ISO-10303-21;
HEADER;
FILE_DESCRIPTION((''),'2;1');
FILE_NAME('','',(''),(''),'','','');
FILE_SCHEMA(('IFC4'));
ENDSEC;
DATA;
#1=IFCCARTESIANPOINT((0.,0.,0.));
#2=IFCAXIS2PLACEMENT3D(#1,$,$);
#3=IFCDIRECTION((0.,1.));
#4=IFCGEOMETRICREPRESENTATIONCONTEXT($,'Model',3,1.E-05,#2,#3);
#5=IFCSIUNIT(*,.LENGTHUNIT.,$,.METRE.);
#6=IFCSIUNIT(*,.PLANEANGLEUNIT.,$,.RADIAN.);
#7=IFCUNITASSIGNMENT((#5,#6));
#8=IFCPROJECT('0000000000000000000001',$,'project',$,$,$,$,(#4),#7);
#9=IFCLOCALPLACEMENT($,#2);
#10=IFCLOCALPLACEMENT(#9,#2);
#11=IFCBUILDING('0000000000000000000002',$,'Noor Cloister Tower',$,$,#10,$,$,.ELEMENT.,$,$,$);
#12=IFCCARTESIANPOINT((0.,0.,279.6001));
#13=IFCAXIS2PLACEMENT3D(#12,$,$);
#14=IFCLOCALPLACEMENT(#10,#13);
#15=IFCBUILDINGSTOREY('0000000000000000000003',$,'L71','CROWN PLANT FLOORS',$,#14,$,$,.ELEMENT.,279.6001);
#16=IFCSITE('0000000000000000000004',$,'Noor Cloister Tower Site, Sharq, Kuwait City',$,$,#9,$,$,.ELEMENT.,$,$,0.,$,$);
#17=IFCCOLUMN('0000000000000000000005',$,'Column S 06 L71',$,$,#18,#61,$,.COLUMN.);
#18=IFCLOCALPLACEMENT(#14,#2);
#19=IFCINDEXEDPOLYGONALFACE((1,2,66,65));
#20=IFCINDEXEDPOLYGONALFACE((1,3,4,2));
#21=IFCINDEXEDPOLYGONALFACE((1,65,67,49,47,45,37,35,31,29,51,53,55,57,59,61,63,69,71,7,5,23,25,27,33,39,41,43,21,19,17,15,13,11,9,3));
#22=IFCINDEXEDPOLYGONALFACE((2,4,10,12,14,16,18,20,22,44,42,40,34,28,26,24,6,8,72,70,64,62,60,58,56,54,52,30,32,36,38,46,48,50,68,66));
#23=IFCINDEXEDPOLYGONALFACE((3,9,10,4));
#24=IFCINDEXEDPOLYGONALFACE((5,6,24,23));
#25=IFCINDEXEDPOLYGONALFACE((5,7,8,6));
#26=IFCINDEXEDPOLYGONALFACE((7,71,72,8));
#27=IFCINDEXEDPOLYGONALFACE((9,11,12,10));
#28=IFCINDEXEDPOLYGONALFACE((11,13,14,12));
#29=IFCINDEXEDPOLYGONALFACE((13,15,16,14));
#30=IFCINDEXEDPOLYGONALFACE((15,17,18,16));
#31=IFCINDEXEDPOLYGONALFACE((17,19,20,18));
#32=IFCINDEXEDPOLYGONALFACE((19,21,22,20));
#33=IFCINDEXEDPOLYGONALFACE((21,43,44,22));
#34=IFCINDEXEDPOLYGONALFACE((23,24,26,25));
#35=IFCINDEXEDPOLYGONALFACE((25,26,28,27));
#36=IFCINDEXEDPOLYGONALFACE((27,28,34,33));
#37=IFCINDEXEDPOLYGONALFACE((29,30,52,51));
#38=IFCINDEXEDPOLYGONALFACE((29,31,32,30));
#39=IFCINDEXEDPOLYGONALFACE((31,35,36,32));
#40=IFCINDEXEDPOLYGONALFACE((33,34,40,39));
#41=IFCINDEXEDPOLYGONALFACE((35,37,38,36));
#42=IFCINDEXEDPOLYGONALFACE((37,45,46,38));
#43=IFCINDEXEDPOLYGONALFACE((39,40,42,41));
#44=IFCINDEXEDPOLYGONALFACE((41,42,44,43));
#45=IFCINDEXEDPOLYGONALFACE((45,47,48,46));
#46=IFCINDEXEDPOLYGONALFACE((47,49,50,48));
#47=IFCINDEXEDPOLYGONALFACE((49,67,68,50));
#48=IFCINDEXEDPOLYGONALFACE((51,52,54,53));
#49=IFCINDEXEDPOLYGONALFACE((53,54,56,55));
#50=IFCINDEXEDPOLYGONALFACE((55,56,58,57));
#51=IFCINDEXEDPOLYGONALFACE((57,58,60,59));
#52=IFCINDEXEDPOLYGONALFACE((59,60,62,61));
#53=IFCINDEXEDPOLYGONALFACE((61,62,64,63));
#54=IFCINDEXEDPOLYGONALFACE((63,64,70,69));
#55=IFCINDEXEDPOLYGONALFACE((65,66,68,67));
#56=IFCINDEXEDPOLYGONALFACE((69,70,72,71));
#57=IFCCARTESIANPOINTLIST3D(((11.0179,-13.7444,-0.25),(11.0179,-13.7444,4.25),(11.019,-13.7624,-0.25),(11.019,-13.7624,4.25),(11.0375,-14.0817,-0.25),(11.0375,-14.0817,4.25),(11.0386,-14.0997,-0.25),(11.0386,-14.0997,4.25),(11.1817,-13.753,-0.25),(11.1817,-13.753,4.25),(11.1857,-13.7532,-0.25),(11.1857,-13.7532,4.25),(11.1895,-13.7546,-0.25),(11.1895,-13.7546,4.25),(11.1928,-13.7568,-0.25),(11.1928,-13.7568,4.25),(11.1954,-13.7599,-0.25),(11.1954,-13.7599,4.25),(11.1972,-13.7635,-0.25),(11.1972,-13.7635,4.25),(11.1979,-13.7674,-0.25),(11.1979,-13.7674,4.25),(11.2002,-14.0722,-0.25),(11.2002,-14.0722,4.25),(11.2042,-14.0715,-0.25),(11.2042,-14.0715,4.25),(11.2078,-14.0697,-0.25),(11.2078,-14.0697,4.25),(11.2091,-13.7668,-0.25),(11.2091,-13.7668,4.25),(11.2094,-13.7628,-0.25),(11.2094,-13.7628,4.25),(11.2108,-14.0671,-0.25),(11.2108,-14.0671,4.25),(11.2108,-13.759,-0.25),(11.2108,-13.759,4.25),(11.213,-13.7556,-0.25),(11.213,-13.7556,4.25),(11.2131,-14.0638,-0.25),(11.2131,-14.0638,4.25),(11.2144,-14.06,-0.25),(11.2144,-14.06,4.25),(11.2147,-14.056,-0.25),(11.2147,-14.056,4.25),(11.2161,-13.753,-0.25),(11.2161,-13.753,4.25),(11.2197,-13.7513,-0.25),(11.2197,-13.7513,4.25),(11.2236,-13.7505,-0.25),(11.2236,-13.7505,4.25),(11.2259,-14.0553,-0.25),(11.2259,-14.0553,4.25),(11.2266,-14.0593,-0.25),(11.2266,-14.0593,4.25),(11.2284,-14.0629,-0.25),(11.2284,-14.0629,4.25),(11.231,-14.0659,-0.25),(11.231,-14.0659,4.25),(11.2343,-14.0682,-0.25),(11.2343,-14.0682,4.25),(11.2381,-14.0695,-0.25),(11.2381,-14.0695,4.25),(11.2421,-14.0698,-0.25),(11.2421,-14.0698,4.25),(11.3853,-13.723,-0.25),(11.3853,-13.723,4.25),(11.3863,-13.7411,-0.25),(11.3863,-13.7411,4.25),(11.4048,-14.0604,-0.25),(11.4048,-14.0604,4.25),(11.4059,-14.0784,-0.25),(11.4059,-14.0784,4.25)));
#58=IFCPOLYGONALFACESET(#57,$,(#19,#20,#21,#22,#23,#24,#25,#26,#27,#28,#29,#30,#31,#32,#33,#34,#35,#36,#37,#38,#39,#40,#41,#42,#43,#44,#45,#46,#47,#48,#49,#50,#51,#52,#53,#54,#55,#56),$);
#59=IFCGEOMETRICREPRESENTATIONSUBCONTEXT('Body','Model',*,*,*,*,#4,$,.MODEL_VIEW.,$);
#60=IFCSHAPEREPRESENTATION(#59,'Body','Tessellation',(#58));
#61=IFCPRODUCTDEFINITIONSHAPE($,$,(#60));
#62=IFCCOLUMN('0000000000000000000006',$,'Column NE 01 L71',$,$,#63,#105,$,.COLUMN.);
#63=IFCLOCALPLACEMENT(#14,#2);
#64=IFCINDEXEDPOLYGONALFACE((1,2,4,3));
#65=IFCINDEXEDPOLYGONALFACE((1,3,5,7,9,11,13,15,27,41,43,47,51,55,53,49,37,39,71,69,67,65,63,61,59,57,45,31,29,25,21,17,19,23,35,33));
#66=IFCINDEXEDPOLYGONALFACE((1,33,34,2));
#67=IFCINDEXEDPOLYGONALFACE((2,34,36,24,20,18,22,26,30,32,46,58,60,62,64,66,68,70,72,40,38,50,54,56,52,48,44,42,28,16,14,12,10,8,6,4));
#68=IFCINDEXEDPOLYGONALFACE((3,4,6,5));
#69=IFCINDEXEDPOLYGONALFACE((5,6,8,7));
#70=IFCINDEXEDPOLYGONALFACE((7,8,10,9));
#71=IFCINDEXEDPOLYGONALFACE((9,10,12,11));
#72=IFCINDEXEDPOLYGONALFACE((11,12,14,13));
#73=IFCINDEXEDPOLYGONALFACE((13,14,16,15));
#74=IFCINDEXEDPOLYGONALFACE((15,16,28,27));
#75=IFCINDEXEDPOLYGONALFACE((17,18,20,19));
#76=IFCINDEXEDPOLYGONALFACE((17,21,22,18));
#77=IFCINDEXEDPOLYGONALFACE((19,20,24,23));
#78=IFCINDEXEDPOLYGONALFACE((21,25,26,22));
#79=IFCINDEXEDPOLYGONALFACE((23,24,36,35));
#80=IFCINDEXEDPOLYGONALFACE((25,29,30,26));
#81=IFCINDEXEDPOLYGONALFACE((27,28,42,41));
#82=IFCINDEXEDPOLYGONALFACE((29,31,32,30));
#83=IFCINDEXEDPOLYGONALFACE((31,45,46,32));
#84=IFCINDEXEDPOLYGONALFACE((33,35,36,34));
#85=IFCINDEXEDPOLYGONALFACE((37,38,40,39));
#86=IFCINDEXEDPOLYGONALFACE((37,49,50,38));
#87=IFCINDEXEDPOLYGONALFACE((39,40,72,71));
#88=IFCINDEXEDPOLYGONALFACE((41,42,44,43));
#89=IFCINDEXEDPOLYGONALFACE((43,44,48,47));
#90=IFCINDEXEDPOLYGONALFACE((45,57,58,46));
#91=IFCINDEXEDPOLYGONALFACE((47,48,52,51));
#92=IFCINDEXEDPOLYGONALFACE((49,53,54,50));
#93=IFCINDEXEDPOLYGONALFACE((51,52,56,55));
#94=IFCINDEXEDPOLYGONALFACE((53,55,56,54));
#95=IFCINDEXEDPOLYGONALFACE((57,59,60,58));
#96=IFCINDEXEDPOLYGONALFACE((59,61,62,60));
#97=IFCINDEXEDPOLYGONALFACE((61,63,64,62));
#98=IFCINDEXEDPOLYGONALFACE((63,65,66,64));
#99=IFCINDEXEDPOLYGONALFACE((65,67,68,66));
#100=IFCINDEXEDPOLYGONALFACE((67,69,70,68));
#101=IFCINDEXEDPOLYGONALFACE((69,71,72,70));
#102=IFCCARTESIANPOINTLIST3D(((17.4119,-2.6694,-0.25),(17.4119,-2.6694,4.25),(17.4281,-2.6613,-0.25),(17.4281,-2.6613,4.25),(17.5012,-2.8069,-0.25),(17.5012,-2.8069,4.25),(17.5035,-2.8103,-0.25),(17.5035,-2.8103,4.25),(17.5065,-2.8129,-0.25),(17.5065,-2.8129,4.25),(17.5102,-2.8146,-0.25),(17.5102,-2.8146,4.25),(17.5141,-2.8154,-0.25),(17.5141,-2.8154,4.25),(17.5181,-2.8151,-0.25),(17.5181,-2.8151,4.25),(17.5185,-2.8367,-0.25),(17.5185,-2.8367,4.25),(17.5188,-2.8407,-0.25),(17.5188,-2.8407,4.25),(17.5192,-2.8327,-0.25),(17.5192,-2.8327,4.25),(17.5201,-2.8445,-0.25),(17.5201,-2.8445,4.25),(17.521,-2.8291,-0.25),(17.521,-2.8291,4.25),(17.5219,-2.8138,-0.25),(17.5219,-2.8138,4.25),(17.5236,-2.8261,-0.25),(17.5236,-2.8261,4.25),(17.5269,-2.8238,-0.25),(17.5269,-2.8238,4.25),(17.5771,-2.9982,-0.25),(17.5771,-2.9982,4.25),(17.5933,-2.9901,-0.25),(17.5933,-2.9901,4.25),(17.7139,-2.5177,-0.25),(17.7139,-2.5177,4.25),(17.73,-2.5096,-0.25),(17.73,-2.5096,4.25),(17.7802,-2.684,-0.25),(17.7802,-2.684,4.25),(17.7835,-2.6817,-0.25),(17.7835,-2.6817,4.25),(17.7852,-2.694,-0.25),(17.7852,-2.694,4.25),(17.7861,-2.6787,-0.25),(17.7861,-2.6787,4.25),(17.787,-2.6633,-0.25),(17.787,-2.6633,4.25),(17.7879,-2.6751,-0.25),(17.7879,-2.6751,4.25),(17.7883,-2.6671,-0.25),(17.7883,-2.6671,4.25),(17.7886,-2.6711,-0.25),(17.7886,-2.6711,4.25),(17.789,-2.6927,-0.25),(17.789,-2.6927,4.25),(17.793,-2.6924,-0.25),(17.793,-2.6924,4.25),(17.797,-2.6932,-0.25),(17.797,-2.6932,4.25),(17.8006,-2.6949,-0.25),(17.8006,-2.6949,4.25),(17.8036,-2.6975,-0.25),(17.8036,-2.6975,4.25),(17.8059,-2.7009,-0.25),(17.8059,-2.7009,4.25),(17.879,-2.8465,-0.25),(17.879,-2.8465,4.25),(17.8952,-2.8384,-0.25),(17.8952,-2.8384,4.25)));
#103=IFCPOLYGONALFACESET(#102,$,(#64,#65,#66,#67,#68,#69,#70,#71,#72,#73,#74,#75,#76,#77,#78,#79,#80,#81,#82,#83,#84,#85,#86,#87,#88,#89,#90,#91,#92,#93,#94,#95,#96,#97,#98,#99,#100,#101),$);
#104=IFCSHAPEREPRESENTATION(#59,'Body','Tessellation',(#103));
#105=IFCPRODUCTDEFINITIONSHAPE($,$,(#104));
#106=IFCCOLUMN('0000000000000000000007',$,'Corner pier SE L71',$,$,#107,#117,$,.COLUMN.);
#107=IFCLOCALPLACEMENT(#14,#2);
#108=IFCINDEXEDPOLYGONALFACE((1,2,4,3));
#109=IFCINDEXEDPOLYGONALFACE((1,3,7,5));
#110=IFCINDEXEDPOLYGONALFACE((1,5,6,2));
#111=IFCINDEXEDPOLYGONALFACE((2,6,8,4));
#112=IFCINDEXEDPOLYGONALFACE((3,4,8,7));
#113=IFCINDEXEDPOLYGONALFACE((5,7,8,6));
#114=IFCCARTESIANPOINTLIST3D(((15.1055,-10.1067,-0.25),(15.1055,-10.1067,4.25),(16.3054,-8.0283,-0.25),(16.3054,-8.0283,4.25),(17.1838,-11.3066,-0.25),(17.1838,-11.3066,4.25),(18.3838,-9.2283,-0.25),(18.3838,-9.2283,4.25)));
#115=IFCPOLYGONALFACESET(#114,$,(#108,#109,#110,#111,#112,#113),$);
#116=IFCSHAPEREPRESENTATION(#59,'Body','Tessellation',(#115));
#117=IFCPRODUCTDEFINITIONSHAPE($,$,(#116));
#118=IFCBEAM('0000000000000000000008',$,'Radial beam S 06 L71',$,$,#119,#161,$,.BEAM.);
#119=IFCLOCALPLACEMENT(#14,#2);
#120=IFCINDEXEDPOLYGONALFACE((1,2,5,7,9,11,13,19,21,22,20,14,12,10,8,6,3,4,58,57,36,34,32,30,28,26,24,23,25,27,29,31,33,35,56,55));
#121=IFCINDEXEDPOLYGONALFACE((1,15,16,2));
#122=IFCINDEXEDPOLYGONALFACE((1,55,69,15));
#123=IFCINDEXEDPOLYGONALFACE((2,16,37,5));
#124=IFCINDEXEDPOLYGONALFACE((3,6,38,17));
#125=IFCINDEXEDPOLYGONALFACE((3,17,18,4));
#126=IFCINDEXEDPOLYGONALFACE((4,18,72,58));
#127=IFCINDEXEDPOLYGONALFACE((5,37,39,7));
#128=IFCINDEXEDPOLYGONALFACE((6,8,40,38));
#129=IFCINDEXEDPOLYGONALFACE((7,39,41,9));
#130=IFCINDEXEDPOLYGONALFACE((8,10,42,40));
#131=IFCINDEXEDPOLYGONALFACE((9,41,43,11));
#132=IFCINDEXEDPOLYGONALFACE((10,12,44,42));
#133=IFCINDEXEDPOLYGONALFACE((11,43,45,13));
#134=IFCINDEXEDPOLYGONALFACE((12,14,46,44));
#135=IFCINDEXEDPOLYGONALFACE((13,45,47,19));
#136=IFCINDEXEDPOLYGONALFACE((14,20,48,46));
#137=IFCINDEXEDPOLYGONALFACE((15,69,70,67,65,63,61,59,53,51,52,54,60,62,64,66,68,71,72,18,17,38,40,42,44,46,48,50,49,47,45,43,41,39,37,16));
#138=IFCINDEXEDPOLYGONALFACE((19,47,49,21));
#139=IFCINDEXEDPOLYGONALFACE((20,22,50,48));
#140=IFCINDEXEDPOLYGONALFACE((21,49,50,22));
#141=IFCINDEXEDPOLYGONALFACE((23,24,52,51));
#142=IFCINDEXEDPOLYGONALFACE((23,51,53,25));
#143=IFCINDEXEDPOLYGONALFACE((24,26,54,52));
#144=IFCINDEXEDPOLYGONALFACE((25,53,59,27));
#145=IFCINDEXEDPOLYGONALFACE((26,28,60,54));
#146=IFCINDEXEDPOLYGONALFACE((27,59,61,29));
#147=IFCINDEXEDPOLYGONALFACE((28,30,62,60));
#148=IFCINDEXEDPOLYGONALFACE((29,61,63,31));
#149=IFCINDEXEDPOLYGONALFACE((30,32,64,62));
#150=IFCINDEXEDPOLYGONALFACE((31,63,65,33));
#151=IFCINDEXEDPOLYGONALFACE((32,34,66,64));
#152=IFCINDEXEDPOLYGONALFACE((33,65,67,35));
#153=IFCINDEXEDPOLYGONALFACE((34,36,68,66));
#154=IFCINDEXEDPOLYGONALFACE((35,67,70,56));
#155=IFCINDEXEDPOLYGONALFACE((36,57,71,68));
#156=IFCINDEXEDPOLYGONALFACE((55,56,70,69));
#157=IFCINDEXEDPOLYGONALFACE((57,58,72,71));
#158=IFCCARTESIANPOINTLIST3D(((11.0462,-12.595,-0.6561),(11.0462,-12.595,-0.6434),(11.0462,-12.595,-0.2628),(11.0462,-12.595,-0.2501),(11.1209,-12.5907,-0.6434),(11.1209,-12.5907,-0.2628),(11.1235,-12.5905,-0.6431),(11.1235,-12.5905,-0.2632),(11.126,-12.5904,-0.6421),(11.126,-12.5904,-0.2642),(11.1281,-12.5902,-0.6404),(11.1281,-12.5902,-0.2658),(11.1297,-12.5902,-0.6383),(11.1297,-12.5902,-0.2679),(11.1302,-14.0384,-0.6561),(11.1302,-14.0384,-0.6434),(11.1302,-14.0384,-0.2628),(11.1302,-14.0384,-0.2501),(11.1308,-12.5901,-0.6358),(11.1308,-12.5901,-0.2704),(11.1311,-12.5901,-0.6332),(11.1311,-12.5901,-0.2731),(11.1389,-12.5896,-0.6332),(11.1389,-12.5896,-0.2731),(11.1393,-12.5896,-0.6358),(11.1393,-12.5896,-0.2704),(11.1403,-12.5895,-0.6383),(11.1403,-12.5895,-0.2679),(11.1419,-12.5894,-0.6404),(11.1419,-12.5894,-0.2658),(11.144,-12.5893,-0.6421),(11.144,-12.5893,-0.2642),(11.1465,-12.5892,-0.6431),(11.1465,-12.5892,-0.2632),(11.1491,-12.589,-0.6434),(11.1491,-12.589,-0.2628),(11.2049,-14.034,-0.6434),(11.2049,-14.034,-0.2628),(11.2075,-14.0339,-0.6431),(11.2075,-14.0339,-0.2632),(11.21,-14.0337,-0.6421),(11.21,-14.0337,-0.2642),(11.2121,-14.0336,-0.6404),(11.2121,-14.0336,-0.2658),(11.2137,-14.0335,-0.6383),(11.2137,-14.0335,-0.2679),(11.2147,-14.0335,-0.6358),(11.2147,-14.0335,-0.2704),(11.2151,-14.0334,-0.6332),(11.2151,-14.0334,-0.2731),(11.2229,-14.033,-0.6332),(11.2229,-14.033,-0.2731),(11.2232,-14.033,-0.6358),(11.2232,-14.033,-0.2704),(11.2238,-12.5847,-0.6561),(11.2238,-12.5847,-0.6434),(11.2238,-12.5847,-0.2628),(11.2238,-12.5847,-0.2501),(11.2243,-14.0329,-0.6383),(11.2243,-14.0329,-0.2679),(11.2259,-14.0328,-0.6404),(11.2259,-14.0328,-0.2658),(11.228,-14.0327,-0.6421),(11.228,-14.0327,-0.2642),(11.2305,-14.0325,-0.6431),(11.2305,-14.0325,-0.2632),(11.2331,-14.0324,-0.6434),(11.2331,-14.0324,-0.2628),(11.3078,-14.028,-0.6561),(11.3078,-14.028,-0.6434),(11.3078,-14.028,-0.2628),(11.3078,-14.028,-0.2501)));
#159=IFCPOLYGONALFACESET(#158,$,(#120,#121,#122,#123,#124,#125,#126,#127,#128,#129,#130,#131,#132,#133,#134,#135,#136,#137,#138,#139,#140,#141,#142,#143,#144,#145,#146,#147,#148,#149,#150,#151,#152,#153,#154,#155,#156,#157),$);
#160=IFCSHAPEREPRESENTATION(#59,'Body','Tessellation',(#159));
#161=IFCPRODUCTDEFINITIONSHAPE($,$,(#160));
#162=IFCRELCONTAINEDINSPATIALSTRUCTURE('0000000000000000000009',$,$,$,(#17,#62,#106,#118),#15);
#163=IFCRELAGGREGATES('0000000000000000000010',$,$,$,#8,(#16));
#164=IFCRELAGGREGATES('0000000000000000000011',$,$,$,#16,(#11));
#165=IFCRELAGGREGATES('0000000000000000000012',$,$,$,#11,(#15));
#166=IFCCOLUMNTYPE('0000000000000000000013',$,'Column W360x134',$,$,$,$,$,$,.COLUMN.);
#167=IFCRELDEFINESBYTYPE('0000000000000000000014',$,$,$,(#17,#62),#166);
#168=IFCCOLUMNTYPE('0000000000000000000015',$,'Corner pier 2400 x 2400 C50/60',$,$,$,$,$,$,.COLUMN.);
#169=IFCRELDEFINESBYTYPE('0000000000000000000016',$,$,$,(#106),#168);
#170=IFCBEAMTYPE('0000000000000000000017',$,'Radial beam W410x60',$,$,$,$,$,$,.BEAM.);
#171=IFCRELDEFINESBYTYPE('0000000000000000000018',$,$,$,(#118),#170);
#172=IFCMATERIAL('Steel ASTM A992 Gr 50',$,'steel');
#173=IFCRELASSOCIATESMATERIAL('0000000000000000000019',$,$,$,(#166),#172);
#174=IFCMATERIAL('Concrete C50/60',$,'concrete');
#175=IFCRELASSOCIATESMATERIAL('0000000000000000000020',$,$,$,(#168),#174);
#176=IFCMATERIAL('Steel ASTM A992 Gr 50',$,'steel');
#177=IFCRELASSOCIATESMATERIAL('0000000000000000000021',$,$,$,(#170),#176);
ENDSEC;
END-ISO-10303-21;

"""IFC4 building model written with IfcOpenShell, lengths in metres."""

from ifc_helpers import new_model, si_unit, direction, frame, origin, origin_2d, place, context, subcontext, project, spatial, rectangle, i_section, extrude, material, material_profile, profile_set, type_object, element, save


model = new_model("IFC4")

# Units and contexts
model_context = context("Model", 3, precision=1e-05, world=origin(), true_north=direction((0.0, 1.0)))
body_context = subcontext(model_context, "Body", "Model", "MODEL_VIEW")
ifc_project = project(units=[si_unit("LENGTHUNIT", "METRE"), si_unit("PLANEANGLEUNIT", "RADIAN")], contexts=[model_context])

# Site, building, storey
site_placement = place(None, origin())
site = spatial("IfcSite", under=ifc_project, at=site_placement, Name="Noor Cloister Tower Site, Sharq, Kuwait City", CompositionType="ELEMENT", RefElevation=0.0)
building_placement = place(site_placement, origin())
building = spatial("IfcBuilding", under=site, at=building_placement, Name="Noor Cloister Tower", CompositionType="ELEMENT")
storey_placement = place(building_placement, frame((0.0, 0.0, 279.6001)))
storey = spatial("IfcBuildingStorey", under=building, at=storey_placement, Name="L71", Description="CROWN PLANT FLOORS", CompositionType="ELEMENT", Elevation=279.6001)

# Columns
ifc_material_1 = material(Name="Steel ASTM A992 Gr 50", Category="steel")
ifc_material_profile_1 = material_profile(ifc_material_1, i_section(OverallWidth=0.3679, OverallDepth=0.356, WebThickness=0.0112, FlangeThickness=0.0181, FilletRadius=0.0154, at=origin_2d()), Name="W360x134")
ifc_profile_set_1 = profile_set([ifc_material_profile_1], Name="Steel ASTM A992 Gr 50")
column_type_1 = type_object("IfcColumnType", Name="Column W360x134", PredefinedType="COLUMN", material=ifc_profile_set_1)
for number, where, z_axis, x_axis, name in (
    (1, (11.2119, -13.9114, -0.25), (0.0, 0.0, 1.0), (0.99832, 0.057948, 0.0), "Column S 06 L71"),
    (2, (17.6536, -2.7539, -0.25), (0.0, 0.0, 1.0), (-0.448975, 0.893544, 0.0), "Column NE 01 L71"),
):
    element("IfcColumn", number, at=place(storey_placement, frame(where, z_axis=z_axis, x_axis=x_axis)), inside=storey, type_object=column_type_1, Name=name, PredefinedType="COLUMN", context=body_context, shape_type="SweptSolid", body=[
        extrude(i_section(OverallWidth=0.3679, OverallDepth=0.356, WebThickness=0.0112, FlangeThickness=0.0181, FilletRadius=0.0154, at=origin_2d()), origin(), (0.0, 0.0, 1.0), 4.5),
    ])
ifc_material_2 = material(Name="Concrete C50/60", Category="concrete")
ifc_material_profile_2 = material_profile(ifc_material_2, rectangle(XDim=2.3999, YDim=2.3999, at=origin_2d()), Name="RC 2400x2400")
ifc_profile_set_2 = profile_set([ifc_material_profile_2], Name="Concrete C50/60")
column_type_2 = type_object("IfcColumnType", Name="Corner pier 2400 x 2400 C50/60", PredefinedType="COLUMN", material=ifc_profile_set_2)
column_placement = place(storey_placement, frame((16.7446, -9.6675, -0.25), z_axis=(0.0, 0.0, 1.0), x_axis=(0.866025, -0.5, 0.0)))
element("IfcColumn", 3, at=column_placement, inside=storey, type_object=column_type_2, Name="Corner pier SE L71", PredefinedType="COLUMN", context=body_context, shape_type="SweptSolid", body=[
    extrude(rectangle(XDim=2.3999, YDim=2.3999, at=origin_2d()), origin(), (0.0, 0.0, 1.0), 4.5),
])

# Beam
ifc_material_3 = material(Name="Steel ASTM A992 Gr 50", Category="steel")
ifc_material_profile_3 = material_profile(ifc_material_3, i_section(OverallWidth=0.178, OverallDepth=0.406, WebThickness=0.0078, FlangeThickness=0.0127, FilletRadius=0.0103, at=origin_2d()), Name="W410x60")
ifc_profile_set_3 = profile_set([ifc_material_profile_3], Name="Steel ASTM A992 Gr 50")
beam_type_1 = type_object("IfcBeamType", Name="Radial beam W410x60", PredefinedType="BEAM", material=ifc_profile_set_3)
beam_1_placement = place(storey_placement, frame((11.219, -14.0332, -0.4531), z_axis=(-0.058088, 0.998311, 0.0), x_axis=(-0.998311, -0.058088, 0.0)))
element("IfcBeam", 4, at=beam_1_placement, inside=storey, type_object=beam_type_1, Name="Radial beam S 06 L71", PredefinedType="BEAM", context=body_context, shape_type="SweptSolid", body=[
    extrude(i_section(OverallWidth=0.178, OverallDepth=0.406, WebThickness=0.0078, FlangeThickness=0.0127, FilletRadius=0.0103, at=origin_2d()), origin(), (0.0, 0.0, 1.0), 1.4458),
])

save(model, "model.ifc")
